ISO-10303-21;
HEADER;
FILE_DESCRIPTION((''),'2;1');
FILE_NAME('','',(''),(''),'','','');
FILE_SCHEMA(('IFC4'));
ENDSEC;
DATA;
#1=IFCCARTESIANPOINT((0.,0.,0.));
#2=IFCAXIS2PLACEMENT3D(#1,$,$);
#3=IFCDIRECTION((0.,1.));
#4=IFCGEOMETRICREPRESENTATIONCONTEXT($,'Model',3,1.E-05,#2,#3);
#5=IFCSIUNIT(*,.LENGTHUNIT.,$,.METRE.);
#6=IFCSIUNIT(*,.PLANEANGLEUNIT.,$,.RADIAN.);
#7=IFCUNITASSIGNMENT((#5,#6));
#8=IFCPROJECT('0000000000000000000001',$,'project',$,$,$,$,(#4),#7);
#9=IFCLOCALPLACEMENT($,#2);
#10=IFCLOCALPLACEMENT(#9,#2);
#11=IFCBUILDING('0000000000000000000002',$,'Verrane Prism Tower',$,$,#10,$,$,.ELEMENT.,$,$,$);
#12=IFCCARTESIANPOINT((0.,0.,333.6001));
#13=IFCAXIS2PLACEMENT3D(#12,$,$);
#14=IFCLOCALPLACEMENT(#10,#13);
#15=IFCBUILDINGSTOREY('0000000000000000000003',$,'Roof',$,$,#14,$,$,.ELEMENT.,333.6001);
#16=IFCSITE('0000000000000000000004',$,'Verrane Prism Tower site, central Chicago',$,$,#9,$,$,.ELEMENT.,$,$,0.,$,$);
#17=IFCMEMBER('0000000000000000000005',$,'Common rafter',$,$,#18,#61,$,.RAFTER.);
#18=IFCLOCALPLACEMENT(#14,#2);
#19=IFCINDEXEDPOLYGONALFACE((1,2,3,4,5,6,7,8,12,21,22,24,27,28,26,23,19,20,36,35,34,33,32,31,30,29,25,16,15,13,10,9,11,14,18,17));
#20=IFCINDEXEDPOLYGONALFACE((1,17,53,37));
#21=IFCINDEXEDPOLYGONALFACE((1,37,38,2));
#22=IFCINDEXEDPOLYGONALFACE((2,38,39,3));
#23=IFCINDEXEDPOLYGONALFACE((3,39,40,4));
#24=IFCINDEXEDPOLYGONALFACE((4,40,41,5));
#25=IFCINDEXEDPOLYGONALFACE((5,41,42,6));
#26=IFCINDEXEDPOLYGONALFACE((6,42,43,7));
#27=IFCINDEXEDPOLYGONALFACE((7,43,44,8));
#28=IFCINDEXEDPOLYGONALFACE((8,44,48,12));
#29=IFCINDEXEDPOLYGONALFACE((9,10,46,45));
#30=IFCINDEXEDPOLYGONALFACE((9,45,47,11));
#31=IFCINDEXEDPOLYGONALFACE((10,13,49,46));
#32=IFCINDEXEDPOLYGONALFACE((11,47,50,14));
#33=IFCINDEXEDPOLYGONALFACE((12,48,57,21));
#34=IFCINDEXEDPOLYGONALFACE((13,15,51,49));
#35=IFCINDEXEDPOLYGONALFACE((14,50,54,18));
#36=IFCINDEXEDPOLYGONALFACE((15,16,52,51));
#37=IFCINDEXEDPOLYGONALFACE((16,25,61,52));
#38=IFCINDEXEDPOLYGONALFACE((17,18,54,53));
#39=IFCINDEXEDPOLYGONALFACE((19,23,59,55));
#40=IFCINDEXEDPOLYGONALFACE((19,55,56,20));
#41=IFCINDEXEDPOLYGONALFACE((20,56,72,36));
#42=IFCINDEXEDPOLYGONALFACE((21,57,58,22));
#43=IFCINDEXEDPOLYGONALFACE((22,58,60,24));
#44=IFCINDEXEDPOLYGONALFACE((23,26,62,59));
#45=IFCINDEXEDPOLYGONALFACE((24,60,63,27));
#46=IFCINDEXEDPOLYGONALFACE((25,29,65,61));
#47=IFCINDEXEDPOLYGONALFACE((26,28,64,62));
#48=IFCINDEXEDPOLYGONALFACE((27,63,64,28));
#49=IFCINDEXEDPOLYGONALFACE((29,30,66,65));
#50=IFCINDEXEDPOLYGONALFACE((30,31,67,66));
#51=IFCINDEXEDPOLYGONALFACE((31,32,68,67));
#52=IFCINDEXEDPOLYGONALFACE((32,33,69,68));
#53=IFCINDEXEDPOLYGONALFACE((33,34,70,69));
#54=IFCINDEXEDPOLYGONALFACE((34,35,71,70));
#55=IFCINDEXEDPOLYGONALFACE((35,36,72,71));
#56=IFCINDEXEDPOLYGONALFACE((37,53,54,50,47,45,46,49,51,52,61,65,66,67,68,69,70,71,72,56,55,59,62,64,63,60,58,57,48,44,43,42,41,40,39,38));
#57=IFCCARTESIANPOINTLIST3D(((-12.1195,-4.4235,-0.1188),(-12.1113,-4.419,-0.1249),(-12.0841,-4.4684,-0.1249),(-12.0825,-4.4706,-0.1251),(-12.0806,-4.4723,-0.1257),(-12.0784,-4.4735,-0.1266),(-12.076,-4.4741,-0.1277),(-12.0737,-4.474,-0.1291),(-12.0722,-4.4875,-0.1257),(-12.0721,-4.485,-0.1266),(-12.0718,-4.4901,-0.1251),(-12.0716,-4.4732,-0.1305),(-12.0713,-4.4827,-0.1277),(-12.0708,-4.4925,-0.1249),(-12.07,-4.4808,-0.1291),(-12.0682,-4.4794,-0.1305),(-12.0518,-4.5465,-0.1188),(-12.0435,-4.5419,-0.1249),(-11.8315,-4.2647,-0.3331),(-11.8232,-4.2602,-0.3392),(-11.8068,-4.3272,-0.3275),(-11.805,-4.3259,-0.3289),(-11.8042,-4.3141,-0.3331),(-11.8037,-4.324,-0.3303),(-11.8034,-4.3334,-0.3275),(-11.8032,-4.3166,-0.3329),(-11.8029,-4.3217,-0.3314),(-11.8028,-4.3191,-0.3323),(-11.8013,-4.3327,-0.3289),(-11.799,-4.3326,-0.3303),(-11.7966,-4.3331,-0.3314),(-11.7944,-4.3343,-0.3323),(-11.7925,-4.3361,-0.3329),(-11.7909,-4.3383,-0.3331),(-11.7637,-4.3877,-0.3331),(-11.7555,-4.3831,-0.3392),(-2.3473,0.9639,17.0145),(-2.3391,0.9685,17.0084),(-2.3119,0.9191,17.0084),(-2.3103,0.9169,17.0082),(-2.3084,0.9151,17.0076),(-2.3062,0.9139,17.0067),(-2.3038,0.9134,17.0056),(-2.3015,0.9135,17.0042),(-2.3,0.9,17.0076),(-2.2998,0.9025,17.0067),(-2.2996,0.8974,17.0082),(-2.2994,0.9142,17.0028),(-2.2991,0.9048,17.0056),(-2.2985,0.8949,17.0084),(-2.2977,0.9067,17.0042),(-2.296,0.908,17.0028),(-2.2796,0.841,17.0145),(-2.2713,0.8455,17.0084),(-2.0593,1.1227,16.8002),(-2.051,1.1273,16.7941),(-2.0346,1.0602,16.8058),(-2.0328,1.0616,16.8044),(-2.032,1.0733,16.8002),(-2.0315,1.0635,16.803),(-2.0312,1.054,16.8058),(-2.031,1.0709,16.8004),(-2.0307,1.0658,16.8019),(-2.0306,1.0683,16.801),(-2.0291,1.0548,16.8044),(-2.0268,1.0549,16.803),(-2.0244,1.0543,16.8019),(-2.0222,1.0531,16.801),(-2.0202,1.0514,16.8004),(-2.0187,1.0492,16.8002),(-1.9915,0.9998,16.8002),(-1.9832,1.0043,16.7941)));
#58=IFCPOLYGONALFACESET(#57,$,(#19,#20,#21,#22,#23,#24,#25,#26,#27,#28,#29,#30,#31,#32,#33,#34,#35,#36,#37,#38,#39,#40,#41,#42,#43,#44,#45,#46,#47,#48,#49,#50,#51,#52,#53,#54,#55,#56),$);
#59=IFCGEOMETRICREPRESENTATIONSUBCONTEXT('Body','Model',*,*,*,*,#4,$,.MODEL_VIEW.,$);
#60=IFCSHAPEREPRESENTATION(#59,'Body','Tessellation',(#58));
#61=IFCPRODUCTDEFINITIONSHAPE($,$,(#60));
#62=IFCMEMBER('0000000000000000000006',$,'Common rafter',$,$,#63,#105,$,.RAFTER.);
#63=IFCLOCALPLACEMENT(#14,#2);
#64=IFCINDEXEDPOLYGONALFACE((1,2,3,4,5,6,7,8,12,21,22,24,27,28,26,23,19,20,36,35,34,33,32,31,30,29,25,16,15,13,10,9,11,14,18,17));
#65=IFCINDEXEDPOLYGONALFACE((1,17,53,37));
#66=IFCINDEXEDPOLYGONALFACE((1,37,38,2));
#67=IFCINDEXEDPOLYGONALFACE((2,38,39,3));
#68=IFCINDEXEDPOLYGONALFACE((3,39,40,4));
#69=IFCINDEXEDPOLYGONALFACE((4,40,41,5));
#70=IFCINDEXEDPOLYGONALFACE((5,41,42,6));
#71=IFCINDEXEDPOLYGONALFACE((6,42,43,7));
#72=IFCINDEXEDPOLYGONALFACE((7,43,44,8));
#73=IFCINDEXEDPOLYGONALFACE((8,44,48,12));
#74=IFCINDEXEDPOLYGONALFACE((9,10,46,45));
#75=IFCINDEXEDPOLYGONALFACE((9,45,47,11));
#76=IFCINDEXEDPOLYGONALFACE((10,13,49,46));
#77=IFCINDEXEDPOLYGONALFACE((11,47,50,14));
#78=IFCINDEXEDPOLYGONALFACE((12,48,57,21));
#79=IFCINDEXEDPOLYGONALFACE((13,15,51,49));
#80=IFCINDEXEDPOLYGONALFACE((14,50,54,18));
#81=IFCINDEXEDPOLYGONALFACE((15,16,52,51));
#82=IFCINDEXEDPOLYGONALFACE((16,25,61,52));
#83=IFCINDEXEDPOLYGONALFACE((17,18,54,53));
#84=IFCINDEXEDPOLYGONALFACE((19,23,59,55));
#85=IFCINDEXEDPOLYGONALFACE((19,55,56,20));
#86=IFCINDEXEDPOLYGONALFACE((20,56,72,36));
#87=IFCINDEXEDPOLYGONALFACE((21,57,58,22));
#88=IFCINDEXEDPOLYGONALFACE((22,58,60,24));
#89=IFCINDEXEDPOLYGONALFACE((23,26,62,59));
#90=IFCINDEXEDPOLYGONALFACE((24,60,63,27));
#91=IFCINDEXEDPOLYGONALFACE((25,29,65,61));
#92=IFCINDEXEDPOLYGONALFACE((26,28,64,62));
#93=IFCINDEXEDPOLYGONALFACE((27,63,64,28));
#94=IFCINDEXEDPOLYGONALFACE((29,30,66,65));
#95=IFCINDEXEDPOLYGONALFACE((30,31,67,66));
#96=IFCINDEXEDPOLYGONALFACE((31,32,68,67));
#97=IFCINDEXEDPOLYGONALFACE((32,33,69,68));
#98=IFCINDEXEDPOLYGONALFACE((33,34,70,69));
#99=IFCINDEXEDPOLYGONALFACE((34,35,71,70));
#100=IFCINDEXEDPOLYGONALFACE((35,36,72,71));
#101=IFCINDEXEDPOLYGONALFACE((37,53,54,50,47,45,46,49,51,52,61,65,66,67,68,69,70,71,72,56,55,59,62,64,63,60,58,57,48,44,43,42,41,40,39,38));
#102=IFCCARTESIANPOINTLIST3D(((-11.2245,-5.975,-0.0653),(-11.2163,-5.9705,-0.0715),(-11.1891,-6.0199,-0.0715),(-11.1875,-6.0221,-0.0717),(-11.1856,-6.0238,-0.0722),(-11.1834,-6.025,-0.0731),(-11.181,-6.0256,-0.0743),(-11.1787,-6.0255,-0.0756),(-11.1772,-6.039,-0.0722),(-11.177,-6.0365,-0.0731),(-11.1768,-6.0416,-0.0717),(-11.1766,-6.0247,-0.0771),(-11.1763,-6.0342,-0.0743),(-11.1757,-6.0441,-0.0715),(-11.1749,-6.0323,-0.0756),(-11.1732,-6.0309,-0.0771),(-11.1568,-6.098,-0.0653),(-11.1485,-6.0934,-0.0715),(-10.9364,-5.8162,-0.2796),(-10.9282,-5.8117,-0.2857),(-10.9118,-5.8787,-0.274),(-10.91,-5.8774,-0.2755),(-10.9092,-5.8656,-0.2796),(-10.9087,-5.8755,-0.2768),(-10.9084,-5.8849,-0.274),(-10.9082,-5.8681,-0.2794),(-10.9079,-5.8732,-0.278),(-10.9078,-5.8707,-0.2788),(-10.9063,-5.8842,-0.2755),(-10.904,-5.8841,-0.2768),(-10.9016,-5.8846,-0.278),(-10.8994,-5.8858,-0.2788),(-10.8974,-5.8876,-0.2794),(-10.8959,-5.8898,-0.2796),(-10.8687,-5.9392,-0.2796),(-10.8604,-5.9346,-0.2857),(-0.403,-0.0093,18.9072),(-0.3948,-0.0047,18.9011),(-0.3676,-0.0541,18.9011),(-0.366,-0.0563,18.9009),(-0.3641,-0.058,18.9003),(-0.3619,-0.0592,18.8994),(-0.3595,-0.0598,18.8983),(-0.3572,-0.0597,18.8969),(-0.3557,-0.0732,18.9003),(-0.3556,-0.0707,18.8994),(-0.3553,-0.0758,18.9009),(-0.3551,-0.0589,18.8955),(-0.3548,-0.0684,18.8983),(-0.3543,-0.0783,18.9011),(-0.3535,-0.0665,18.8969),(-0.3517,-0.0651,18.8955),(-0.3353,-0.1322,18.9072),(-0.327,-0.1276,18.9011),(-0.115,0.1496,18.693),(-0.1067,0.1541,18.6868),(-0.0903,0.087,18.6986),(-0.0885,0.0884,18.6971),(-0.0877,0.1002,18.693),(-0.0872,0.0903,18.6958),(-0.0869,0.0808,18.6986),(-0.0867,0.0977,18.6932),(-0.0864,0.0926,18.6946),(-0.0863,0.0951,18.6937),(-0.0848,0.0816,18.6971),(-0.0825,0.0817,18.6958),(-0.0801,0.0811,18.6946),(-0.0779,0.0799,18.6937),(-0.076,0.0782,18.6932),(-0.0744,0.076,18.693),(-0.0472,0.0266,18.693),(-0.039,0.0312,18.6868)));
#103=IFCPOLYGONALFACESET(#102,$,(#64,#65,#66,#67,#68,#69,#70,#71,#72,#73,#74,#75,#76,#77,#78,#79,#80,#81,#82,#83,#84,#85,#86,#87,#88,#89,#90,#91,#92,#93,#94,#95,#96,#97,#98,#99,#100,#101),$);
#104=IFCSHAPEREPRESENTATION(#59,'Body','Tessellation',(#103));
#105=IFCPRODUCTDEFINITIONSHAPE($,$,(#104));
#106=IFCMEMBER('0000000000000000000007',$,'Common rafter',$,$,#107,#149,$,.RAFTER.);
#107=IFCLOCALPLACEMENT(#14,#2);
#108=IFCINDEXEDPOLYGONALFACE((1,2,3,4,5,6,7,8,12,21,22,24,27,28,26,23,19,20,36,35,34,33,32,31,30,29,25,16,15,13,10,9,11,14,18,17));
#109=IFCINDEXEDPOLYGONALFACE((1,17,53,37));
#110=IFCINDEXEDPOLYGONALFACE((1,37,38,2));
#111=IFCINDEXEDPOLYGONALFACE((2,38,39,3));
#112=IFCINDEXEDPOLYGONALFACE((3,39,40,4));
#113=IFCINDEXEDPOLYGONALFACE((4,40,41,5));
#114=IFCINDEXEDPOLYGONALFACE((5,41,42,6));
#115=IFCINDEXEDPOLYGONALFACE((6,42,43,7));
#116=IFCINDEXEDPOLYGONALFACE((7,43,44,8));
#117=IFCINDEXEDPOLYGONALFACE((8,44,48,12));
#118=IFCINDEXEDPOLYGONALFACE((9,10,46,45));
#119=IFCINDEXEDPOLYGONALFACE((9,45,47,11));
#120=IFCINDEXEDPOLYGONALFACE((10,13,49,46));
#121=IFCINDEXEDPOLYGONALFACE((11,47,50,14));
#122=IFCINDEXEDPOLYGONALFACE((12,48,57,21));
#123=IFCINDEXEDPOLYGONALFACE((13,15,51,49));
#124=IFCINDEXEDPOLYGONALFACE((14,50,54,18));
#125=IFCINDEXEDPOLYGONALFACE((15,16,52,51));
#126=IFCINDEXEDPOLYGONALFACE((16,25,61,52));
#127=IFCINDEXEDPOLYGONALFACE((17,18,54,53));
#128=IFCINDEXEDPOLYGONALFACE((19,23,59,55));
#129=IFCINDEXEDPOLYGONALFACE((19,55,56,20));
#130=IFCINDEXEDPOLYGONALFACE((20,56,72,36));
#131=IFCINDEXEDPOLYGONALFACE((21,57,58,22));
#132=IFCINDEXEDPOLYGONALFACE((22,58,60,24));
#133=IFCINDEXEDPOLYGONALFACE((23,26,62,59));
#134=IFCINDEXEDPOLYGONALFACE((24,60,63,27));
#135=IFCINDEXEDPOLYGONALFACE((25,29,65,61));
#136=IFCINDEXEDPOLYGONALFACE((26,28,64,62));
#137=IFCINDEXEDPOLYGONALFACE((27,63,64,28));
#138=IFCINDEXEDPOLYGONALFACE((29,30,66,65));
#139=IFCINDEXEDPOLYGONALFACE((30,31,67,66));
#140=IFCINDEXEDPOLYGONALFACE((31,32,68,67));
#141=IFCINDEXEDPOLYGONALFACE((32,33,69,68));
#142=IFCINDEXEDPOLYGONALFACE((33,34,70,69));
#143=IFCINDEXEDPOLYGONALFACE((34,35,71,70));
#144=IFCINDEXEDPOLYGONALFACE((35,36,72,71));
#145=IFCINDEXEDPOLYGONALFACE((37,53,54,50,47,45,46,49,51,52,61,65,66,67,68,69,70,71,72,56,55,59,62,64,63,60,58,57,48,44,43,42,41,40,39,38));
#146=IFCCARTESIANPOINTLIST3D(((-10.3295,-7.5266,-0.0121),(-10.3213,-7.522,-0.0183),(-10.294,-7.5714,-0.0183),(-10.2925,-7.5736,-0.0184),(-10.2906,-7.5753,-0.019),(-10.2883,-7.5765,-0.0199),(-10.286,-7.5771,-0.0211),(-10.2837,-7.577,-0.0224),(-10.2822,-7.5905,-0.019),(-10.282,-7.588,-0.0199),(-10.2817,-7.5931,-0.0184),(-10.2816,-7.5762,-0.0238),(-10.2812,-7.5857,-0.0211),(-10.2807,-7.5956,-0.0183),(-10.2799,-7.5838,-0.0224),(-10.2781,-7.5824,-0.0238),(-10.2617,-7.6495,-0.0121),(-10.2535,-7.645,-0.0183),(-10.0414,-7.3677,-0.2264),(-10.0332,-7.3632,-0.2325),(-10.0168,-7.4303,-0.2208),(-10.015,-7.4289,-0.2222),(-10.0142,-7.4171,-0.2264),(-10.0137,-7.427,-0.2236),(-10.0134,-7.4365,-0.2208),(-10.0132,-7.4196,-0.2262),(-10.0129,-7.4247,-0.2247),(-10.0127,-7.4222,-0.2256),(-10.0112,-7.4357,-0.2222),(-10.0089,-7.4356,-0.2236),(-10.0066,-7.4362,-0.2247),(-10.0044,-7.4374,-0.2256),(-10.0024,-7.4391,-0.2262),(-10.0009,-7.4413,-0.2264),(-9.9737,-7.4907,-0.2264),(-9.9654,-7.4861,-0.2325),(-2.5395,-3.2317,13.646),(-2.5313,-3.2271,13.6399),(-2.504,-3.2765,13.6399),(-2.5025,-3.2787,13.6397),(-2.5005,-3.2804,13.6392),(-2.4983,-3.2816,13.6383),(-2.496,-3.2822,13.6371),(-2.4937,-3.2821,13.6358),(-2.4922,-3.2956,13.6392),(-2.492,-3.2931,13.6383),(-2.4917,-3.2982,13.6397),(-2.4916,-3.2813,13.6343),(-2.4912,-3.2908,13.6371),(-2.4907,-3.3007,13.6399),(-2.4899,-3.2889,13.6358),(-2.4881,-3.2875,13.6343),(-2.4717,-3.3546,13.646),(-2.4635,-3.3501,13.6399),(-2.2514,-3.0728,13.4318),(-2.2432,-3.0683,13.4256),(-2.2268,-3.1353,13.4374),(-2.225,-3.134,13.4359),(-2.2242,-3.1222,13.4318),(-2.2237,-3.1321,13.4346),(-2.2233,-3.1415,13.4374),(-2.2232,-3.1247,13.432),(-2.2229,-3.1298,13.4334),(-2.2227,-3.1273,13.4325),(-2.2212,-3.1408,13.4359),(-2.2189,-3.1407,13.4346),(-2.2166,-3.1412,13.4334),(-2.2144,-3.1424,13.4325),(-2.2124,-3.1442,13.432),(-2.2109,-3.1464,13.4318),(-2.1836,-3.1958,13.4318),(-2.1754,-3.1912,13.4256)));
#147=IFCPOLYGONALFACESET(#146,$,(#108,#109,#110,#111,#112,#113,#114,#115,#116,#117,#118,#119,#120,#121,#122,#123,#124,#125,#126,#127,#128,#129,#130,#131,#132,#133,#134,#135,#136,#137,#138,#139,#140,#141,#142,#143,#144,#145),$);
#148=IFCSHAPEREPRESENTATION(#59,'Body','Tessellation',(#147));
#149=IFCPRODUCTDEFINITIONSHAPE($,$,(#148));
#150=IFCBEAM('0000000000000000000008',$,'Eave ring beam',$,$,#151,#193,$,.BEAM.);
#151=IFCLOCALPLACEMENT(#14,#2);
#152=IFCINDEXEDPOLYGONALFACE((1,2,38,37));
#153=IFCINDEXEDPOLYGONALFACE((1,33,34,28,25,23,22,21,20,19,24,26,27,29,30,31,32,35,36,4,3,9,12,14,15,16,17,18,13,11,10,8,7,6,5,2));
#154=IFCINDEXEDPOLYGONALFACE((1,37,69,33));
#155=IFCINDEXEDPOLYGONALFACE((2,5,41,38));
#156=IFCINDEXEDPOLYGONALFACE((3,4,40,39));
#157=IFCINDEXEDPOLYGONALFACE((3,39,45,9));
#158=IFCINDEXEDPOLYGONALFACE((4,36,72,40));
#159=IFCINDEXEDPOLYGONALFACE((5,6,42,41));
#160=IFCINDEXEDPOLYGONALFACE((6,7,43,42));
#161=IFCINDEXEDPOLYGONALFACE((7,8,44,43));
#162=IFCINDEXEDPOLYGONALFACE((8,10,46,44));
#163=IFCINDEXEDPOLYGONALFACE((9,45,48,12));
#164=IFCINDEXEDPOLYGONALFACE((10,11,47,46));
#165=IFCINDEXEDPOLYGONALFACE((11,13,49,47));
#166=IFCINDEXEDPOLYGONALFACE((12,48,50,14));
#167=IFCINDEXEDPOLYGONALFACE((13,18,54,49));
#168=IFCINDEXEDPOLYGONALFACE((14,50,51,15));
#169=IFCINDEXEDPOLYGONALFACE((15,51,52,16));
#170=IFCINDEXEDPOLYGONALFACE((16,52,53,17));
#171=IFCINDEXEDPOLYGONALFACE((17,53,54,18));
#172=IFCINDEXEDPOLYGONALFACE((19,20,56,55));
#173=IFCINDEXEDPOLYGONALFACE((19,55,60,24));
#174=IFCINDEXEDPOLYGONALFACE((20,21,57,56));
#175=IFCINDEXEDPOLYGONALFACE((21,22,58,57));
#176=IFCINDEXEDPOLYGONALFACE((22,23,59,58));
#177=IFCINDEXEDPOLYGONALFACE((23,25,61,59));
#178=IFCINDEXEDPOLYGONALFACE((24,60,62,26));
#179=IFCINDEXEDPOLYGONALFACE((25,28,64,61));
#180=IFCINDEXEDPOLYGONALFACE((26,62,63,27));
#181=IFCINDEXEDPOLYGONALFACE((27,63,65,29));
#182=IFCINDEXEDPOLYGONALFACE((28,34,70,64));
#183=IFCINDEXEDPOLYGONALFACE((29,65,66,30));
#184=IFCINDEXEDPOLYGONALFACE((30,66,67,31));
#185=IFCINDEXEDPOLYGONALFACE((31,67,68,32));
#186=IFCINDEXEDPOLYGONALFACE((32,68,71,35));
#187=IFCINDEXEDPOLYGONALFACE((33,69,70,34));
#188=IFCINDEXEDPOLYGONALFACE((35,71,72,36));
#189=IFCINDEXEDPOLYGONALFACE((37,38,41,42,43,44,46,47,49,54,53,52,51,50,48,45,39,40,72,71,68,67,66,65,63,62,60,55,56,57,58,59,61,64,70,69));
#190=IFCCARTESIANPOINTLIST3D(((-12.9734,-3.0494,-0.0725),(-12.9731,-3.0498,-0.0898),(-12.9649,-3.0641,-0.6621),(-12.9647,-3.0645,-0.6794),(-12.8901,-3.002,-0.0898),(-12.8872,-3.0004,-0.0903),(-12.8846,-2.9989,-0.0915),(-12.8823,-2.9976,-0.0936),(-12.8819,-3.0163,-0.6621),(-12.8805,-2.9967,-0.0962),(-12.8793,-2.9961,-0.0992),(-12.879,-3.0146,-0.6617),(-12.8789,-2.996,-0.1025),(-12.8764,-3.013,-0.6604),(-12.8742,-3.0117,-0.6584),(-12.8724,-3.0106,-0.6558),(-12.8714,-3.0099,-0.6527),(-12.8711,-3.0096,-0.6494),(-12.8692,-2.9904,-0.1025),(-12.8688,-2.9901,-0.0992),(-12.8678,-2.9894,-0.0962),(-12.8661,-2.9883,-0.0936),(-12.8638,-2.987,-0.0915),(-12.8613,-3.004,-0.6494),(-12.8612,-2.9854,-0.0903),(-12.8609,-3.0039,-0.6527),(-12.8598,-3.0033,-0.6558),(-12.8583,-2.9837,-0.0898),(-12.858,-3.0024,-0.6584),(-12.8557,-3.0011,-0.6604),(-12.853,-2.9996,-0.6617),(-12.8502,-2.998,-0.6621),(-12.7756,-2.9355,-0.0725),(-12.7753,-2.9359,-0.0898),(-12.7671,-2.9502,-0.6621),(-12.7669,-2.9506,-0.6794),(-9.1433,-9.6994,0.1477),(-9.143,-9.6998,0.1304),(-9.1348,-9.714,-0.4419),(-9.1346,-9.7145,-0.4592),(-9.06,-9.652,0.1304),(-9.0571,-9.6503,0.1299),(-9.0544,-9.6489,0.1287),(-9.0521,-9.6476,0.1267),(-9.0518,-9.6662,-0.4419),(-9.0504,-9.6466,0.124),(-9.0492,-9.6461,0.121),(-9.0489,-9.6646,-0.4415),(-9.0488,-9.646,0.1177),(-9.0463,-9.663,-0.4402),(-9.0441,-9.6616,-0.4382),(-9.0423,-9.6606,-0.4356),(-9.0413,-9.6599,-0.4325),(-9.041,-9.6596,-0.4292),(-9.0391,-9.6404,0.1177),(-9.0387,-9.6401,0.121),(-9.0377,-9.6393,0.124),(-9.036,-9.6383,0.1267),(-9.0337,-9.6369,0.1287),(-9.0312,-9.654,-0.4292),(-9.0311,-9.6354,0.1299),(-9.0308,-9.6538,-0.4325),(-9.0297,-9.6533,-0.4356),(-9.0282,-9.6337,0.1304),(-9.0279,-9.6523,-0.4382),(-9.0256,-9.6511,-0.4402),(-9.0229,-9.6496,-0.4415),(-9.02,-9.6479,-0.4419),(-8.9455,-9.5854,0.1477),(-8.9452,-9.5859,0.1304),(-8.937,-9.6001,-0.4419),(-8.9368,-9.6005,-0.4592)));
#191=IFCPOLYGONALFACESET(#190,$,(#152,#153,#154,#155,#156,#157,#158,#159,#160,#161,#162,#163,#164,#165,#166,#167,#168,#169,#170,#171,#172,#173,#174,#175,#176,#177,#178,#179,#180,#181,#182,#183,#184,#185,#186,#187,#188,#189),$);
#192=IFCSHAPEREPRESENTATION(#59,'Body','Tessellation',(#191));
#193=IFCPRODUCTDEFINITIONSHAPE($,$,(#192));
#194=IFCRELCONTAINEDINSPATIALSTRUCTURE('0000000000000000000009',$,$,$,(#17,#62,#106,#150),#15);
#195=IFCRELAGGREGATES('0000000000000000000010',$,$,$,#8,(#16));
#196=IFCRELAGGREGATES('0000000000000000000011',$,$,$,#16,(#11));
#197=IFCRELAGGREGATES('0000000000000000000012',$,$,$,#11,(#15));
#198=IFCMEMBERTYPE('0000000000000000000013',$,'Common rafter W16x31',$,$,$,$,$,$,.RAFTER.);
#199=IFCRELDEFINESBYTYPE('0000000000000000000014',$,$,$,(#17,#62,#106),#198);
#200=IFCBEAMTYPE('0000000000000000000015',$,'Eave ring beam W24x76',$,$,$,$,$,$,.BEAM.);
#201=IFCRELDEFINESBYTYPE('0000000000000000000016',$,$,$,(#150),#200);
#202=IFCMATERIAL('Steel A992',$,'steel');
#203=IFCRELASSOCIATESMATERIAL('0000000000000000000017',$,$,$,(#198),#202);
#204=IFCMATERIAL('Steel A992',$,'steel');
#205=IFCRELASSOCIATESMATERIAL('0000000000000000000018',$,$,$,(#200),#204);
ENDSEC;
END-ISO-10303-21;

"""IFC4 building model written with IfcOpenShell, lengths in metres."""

from ifc_helpers import new_model, si_unit, direction, frame, origin, origin_2d, place, context, subcontext, project, spatial, i_section, extrude, material, material_profile, profile_set, type_object, element, save


model = new_model("IFC4")

# Units and contexts
model_context = context("Model", 3, precision=1e-05, world=origin(), true_north=direction((0.0, 1.0)))
body_context = subcontext(model_context, "Body", "Model", "MODEL_VIEW")
ifc_project = project(units=[si_unit("LENGTHUNIT", "METRE"), si_unit("PLANEANGLEUNIT", "RADIAN")], contexts=[model_context])

# Site, building, storey
site_placement = place(None, origin())
site = spatial("IfcSite", under=ifc_project, at=site_placement, Name="Verrane Prism Tower site, central Chicago", CompositionType="ELEMENT", RefElevation=0.0)
building_placement = place(site_placement, origin())
building = spatial("IfcBuilding", under=site, at=building_placement, Name="Verrane Prism Tower", CompositionType="ELEMENT")
storey_placement = place(building_placement, frame((0.0, 0.0, 333.6001)))
storey = spatial("IfcBuildingStorey", under=building, at=storey_placement, Name="Roof", CompositionType="ELEMENT", Elevation=333.6001)

# Members
ifc_material_1 = material(Name="Steel A992", Category="steel")
ifc_material_profile_1 = material_profile(ifc_material_1, i_section(OverallWidth=0.1404, OverallDepth=0.4038, WebThickness=0.0071, FlangeThickness=0.0112, FilletRadius=0.0103, at=origin_2d()), Name="W16x31")
ifc_profile_set_1 = profile_set([ifc_material_profile_1], Name="Steel A992")
member_type_1 = type_object("IfcMemberType", Name="Common rafter W16x31", PredefinedType="RAFTER", material=ifc_profile_set_1)
member_1_placement = place(storey_placement, frame((-11.9375, -4.4033, -0.229), z_axis=(0.477934, 0.263487, 0.837946), x_axis=(-0.482794, 0.875734, 0.0)))
element("IfcMember", 1, at=member_1_placement, inside=storey, type_object=member_type_1, Name="Common rafter", PredefinedType="RAFTER", context=body_context, shape_type="SweptSolid", body=[
    extrude(i_section(OverallWidth=0.1404, OverallDepth=0.4038, WebThickness=0.0071, FlangeThickness=0.0112, FilletRadius=0.0103, at=origin_2d()), origin(), (0.0, 0.0, 1.0), 20.4468),
])
member_2_placement = place(storey_placement, frame((-11.0425, -5.9548, -0.1755), z_axis=(0.477942, 0.263485, 0.837942), x_axis=(-0.482787, 0.875738, 0.0)))
element("IfcMember", 2, at=member_2_placement, inside=storey, type_object=member_type_1, Name="Common rafter", PredefinedType="RAFTER", context=body_context, shape_type="SweptSolid", body=[
    extrude(i_section(OverallWidth=0.1404, OverallDepth=0.4038, WebThickness=0.0071, FlangeThickness=0.0112, FilletRadius=0.0103, at=origin_2d()), origin(), (0.0, 0.0, 1.0), 22.6418),
])
member_3_placement = place(storey_placement, frame((-10.1475, -7.5063, -0.1223), z_axis=(0.477928, 0.263498, 0.837946), x_axis=(-0.482816, 0.875722, 0.0)))
element("IfcMember", 3, at=member_3_placement, inside=storey, type_object=member_type_1, Name="Common rafter", PredefinedType="RAFTER", context=body_context, shape_type="SweptSolid", body=[
    extrude(i_section(OverallWidth=0.1404, OverallDepth=0.4038, WebThickness=0.0071, FlangeThickness=0.0112, FilletRadius=0.0103, at=origin_2d()), origin(), (0.0, 0.0, 1.0), 16.2996),
])

# Beam
ifc_material_2 = material(Name="Steel A992", Category="steel")
ifc_material_profile_2 = material_profile(ifc_material_2, i_section(OverallWidth=0.2283, OverallDepth=0.6072, WebThickness=0.0112, FlangeThickness=0.0173, FilletRadius=0.0127, at=origin_2d()), Name="W24x76")
ifc_profile_set_2 = profile_set([ifc_material_profile_2], Name="Steel A992")
beam_type = type_object("IfcBeamType", Name="Eave ring beam W24x76", PredefinedType="BEAM", material=ifc_profile_set_2)
beam_placement = place(storey_placement, frame((-12.8701, -3.0, -0.376), z_axis=(0.498891, -0.86619, 0.028684), x_axis=(0.866547, 0.499096, 0.0)))
element("IfcBeam", 4, at=beam_placement, inside=storey, type_object=beam_type, Name="Eave ring beam", PredefinedType="BEAM", context=body_context, shape_type="SweptSolid", body=[
    extrude(i_section(OverallWidth=0.2283, OverallDepth=0.6072, WebThickness=0.0112, FlangeThickness=0.0173, FilletRadius=0.0127, at=origin_2d()), origin(), (0.0, 0.0, 1.0), 7.6772),
])

save(model, "model.ifc")
